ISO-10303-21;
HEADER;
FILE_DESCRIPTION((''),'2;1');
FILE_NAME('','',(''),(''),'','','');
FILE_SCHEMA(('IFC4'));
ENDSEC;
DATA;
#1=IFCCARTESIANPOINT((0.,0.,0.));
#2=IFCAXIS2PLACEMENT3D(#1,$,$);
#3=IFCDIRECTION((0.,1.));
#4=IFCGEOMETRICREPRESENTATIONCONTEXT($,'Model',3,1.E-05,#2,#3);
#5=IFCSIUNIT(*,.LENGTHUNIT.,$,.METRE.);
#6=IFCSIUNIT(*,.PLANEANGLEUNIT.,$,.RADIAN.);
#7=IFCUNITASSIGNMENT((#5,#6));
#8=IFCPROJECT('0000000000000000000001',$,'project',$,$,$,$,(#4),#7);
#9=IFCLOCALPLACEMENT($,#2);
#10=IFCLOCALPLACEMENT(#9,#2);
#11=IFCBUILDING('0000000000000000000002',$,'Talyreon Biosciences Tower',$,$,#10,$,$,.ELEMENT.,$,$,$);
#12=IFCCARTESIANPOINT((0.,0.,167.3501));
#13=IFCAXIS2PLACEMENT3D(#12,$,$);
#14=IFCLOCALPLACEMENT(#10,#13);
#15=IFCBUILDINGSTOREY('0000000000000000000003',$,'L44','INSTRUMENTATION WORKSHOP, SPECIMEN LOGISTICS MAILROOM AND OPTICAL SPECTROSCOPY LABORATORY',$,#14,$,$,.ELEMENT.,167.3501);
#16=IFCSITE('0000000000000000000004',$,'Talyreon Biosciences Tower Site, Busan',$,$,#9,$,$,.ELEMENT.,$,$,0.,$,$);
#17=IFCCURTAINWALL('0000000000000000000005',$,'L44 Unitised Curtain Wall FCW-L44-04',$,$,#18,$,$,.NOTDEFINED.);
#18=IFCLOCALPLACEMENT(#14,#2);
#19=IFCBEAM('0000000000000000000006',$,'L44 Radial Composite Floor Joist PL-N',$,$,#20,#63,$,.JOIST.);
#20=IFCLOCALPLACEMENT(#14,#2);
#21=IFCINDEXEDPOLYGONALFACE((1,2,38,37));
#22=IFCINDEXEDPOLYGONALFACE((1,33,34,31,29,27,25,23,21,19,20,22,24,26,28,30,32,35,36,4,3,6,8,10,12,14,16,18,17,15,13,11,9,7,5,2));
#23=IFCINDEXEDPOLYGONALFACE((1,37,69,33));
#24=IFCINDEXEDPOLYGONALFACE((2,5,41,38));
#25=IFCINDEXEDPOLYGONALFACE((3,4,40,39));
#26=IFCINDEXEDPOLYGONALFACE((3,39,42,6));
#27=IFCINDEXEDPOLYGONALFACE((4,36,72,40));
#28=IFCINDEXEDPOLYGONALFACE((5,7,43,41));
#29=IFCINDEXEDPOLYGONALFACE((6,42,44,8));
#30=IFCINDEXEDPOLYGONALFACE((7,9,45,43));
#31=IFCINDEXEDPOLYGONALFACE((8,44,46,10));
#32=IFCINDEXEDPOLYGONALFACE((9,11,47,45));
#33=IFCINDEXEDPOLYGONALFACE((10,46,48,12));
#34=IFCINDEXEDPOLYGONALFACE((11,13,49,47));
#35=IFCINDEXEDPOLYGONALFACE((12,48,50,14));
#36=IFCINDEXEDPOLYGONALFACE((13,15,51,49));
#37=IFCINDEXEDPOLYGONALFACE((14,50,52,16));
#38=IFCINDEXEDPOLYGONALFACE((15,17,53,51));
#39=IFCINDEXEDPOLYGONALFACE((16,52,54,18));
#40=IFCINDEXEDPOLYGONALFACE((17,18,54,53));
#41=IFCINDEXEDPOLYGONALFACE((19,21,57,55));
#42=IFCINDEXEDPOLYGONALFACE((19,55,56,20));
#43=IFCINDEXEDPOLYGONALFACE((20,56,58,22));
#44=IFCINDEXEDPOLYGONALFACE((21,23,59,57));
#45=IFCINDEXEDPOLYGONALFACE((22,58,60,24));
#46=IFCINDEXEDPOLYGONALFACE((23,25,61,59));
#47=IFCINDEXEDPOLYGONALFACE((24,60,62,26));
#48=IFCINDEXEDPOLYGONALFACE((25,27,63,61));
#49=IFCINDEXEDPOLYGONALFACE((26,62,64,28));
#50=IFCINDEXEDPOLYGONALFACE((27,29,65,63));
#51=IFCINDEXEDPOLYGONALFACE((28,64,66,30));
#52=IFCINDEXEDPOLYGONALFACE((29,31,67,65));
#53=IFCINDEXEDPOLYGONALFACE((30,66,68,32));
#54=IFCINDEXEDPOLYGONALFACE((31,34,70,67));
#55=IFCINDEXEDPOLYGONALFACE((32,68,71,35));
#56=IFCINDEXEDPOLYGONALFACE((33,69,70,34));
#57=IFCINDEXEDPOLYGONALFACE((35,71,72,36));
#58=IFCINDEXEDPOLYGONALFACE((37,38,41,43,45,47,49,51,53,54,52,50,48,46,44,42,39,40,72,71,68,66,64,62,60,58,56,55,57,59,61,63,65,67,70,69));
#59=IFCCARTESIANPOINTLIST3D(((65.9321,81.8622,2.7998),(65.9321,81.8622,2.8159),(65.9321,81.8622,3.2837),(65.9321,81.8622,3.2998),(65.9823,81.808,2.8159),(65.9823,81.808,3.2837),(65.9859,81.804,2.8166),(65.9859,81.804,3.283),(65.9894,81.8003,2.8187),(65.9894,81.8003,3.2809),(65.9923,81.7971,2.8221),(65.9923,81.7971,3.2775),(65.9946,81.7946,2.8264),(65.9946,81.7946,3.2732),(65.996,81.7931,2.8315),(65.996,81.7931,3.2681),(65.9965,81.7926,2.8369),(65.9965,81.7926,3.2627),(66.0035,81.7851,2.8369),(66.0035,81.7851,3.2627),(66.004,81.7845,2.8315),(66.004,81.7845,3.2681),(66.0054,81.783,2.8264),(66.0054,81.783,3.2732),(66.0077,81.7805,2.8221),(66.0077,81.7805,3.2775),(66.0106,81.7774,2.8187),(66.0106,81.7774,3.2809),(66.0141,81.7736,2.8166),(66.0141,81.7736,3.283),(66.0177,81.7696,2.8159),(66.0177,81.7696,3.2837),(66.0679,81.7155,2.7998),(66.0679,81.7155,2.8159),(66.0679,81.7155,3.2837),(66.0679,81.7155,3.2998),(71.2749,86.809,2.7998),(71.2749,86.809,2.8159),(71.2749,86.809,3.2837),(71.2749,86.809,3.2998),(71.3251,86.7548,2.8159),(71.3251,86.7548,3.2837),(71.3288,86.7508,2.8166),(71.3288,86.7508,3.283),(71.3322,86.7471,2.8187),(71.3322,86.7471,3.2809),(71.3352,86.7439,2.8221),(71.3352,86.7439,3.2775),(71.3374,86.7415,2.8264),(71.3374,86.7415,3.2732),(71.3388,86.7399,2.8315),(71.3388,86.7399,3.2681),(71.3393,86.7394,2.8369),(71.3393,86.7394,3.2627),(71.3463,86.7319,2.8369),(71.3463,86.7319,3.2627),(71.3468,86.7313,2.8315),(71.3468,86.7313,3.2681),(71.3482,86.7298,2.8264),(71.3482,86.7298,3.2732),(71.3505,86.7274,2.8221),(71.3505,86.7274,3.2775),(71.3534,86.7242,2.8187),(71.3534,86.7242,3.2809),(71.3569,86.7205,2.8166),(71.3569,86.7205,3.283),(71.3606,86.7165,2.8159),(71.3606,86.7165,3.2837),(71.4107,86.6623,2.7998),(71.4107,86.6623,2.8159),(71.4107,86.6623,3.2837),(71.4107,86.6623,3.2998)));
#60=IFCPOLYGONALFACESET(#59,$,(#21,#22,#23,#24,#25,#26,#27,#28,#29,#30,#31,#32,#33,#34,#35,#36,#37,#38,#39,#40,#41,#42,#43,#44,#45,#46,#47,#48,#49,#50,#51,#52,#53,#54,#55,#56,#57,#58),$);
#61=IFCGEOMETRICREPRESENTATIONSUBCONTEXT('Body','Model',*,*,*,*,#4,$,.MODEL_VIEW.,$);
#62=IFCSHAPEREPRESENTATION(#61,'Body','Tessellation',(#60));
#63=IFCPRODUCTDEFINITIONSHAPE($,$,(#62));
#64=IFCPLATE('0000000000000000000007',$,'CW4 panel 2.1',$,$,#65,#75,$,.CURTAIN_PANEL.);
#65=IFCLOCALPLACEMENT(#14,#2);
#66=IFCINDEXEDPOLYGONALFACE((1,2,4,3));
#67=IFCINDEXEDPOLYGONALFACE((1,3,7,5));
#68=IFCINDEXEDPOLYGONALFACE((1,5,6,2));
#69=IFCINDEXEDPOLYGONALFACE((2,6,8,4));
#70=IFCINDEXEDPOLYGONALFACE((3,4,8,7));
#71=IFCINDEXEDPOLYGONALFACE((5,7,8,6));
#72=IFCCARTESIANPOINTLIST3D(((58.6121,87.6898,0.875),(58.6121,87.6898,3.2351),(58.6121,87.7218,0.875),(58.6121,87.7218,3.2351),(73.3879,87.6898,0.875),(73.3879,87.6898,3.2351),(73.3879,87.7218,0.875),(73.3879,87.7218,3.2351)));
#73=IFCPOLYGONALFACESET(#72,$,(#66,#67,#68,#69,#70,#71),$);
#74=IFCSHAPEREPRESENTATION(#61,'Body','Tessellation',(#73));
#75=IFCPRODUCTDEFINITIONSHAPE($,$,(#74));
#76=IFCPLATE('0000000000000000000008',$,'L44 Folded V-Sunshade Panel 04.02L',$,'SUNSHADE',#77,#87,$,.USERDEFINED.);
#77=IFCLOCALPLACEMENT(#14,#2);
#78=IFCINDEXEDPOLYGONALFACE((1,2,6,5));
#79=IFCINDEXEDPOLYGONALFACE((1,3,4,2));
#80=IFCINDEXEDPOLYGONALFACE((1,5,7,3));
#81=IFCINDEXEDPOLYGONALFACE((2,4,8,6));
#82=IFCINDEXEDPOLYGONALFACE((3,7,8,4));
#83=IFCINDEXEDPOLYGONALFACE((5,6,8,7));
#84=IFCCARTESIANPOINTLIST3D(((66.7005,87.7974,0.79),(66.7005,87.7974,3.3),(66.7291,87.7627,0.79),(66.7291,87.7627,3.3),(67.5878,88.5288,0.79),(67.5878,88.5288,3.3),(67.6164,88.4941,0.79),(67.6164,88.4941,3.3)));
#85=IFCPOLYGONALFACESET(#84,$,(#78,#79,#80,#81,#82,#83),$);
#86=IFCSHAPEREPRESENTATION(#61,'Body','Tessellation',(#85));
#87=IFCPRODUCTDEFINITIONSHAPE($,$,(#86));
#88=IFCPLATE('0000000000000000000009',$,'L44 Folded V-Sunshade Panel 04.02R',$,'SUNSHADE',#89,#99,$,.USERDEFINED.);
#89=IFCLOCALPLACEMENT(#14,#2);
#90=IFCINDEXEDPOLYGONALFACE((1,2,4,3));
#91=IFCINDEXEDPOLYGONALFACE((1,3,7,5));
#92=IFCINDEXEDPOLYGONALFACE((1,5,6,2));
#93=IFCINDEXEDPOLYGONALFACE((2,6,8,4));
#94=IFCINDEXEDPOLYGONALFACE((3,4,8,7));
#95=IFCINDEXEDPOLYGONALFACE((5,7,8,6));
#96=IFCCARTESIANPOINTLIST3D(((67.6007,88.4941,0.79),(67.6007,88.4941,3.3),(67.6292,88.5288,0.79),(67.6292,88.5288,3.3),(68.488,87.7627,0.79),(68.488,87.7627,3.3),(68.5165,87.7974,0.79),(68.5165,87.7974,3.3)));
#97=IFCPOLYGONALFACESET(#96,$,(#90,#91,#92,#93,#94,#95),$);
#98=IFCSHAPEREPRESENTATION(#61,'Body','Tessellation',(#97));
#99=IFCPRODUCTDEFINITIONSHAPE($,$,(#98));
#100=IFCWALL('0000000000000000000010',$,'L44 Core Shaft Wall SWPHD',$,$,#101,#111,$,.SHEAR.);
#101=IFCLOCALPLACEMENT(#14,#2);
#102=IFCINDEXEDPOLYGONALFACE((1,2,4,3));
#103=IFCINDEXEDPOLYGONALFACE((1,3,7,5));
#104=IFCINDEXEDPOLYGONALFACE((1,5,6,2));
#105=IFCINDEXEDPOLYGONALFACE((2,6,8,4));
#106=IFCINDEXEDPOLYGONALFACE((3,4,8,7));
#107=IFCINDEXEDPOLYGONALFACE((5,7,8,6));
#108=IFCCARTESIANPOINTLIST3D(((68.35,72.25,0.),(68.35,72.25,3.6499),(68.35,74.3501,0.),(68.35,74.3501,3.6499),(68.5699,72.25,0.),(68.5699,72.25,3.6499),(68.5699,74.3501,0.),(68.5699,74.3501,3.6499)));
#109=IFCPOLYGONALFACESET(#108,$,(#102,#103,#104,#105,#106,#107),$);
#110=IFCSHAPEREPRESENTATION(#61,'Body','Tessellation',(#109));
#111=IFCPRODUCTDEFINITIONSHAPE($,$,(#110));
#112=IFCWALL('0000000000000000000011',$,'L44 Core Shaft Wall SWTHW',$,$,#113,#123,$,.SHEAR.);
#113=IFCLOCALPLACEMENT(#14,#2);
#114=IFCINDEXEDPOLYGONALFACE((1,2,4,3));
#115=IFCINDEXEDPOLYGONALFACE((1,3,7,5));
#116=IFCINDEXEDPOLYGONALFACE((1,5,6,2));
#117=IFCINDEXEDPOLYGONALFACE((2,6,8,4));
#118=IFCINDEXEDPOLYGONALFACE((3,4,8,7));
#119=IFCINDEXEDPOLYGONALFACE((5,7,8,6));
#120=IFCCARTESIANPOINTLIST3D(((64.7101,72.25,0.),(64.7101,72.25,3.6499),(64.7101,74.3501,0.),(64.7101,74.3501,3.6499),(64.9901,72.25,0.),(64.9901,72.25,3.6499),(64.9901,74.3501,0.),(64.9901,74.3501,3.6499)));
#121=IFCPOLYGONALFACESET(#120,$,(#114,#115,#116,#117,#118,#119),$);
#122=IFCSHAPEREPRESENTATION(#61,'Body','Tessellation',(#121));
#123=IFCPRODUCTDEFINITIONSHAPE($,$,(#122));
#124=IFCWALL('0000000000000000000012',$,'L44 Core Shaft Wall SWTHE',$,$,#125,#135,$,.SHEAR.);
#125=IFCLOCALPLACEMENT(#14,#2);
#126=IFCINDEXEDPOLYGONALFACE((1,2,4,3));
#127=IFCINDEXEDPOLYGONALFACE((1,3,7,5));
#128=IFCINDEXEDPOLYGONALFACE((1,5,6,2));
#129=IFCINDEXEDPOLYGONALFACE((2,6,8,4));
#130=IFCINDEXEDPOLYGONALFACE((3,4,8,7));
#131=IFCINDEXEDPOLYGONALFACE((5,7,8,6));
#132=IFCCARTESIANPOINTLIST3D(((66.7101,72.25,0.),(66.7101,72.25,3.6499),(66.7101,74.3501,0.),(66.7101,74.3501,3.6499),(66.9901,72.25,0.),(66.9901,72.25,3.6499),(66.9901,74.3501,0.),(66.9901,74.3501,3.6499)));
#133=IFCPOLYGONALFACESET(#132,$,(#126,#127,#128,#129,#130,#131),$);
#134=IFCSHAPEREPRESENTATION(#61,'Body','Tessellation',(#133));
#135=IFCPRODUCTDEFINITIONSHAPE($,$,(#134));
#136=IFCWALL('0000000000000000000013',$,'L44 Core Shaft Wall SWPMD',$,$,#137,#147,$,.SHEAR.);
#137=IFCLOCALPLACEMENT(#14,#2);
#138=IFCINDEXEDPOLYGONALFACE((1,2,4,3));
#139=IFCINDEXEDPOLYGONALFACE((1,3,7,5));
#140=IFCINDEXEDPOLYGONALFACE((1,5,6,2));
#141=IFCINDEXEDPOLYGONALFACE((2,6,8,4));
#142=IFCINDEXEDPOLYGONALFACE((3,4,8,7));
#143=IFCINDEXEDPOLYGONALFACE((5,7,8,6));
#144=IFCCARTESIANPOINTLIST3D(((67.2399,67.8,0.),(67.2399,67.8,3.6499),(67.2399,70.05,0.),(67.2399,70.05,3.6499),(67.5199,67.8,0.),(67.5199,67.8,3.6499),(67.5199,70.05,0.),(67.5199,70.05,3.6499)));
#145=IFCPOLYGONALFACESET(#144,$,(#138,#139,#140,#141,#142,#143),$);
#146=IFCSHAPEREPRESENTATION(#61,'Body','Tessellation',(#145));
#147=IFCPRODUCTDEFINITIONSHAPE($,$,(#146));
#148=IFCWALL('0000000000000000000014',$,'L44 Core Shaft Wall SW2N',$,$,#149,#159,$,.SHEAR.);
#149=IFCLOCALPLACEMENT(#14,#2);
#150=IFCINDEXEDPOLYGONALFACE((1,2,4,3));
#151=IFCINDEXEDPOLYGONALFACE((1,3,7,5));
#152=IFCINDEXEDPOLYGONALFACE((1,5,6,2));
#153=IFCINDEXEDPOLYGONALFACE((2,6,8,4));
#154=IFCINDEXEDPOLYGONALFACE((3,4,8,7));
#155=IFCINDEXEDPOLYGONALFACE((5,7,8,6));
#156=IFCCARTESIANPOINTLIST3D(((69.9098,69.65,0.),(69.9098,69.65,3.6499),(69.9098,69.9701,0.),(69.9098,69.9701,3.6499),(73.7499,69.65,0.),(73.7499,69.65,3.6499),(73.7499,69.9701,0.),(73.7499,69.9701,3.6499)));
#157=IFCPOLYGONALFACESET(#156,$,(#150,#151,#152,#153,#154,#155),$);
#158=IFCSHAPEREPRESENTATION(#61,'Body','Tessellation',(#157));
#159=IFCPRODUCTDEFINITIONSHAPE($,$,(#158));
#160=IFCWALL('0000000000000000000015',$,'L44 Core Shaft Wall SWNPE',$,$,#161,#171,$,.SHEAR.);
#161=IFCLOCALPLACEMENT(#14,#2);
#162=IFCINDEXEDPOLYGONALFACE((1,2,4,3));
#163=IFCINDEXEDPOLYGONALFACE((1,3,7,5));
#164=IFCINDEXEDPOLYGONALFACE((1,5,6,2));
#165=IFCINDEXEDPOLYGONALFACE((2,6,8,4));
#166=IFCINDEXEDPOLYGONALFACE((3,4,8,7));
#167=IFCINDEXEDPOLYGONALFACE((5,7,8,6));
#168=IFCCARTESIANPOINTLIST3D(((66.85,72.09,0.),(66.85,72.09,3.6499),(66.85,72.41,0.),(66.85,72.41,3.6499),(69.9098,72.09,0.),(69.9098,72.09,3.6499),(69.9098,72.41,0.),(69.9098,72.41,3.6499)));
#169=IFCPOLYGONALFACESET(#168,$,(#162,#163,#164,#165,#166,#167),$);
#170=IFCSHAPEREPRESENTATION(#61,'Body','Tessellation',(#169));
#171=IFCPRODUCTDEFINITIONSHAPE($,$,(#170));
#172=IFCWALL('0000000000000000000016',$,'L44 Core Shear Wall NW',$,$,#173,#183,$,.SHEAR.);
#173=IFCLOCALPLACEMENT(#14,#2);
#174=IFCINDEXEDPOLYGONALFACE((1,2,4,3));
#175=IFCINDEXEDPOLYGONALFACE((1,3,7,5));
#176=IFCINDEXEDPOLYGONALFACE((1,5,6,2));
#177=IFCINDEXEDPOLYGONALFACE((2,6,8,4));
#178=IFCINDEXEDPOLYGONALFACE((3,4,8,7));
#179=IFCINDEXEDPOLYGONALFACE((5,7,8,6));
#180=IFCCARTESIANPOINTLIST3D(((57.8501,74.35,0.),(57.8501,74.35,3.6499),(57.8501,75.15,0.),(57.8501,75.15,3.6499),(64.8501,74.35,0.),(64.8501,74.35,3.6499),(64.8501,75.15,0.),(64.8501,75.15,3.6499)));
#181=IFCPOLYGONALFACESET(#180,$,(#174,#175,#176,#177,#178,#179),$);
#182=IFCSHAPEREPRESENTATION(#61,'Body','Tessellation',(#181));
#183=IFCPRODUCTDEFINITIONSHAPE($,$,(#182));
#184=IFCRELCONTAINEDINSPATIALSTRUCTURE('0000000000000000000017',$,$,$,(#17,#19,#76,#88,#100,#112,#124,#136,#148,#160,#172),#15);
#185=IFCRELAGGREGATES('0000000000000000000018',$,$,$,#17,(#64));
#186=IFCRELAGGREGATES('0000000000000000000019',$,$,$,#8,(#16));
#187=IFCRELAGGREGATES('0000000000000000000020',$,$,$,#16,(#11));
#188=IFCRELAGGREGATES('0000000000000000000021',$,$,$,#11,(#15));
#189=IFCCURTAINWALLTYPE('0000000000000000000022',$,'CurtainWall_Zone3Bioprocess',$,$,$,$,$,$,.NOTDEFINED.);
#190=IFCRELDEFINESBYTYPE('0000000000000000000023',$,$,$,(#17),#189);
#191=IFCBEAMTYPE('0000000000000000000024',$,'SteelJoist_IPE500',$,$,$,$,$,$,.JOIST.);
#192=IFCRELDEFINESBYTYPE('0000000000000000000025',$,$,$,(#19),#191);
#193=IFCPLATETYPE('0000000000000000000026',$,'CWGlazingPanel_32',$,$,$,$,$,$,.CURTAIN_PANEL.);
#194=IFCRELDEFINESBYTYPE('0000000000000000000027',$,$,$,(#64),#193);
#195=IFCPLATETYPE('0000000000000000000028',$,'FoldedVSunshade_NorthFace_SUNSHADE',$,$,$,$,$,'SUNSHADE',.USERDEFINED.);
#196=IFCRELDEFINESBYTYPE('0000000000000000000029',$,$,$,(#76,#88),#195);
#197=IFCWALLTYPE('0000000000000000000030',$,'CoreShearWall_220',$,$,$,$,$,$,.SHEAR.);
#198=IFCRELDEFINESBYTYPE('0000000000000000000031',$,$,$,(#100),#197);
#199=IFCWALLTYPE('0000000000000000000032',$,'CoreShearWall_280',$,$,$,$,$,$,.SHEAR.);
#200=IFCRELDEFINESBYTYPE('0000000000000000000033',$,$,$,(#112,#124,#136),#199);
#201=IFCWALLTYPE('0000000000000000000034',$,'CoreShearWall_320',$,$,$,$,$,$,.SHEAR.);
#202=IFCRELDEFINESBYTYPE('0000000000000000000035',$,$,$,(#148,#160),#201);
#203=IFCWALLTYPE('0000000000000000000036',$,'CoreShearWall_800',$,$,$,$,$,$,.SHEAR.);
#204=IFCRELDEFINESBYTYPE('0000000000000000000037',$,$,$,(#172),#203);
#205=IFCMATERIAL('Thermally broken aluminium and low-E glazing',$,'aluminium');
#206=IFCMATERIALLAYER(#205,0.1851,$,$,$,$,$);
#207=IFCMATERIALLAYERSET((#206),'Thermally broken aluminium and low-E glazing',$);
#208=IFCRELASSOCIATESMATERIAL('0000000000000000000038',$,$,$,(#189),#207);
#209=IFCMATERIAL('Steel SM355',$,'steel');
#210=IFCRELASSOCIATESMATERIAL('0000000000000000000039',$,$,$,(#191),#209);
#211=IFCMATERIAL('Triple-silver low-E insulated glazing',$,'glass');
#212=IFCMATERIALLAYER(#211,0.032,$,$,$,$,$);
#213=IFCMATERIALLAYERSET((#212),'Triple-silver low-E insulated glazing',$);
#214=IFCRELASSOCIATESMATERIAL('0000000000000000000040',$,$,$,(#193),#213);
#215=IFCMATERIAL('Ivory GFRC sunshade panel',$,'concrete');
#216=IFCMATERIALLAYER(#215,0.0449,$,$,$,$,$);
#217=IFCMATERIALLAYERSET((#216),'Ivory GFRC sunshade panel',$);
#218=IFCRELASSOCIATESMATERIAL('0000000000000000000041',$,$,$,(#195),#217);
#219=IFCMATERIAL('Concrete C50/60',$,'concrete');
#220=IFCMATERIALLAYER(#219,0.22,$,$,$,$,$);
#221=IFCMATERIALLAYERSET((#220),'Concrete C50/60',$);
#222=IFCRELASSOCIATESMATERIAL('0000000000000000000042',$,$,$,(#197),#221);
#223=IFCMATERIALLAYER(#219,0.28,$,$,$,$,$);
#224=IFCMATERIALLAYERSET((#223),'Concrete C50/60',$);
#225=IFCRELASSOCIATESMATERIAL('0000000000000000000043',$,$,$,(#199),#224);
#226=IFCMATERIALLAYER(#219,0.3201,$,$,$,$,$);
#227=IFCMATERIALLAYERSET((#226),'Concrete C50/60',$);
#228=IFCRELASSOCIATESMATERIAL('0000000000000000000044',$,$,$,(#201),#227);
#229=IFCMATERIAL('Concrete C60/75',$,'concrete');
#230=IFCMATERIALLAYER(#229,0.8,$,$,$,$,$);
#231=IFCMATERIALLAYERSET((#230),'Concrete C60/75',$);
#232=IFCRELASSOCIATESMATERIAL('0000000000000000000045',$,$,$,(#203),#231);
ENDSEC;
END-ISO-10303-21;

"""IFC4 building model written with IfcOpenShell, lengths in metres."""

from ifc_helpers import new_model, si_unit, direction, frame, frame_2d, origin, origin_2d, place, context, subcontext, project, spatial, rectangle, i_section, extrude, material, layer, layer_set, material_profile, profile_set, type_object, element, aggregate, save


model = new_model("IFC4")

# Units and contexts
model_context = context("Model", 3, precision=1e-05, world=origin(), true_north=direction((0.0, 1.0)))
body_context = subcontext(model_context, "Body", "Model", "MODEL_VIEW")
ifc_project = project(units=[si_unit("LENGTHUNIT", "METRE"), si_unit("PLANEANGLEUNIT", "RADIAN")], contexts=[model_context])

# Site, building, storey
site_placement = place(None, origin())
site = spatial("IfcSite", under=ifc_project, at=site_placement, Name="Talyreon Biosciences Tower Site, Busan", CompositionType="ELEMENT", RefElevation=0.0)
building_placement = place(site_placement, origin())
building = spatial("IfcBuilding", under=site, at=building_placement, Name="Talyreon Biosciences Tower", CompositionType="ELEMENT")
storey_placement = place(building_placement, frame((0.0, 0.0, 167.3501)))
storey = spatial("IfcBuildingStorey", under=building, at=storey_placement, Name="L44", Description="INSTRUMENTATION WORKSHOP, SPECIMEN LOGISTICS MAILROOM AND OPTICAL SPECTROSCOPY LABORATORY", CompositionType="ELEMENT", Elevation=167.3501)

# Shared definitions
ifc_material_1 = material(Name="Concrete C60/75", Category="concrete")
ifc_material_2 = material(Name="Concrete C50/60", Category="concrete")

# Curtain wall
ifc_material_3 = material(Name="Thermally broken aluminium and low-E glazing", Category="aluminium")
ifc_layer_1 = layer(ifc_material_3, 0.1851)
ifc_layer_set_1 = layer_set([ifc_layer_1], Name="Thermally broken aluminium and low-E glazing")
curtain_wall_type = type_object("IfcCurtainWallType", Name="CurtainWall_Zone3Bioprocess", PredefinedType="NOTDEFINED", material=ifc_layer_set_1)
curtain_wall_placement = place(storey_placement, origin())
curtain_wall = element("IfcCurtainWall", 1, at=curtain_wall_placement, inside=storey, type_object=curtain_wall_type, Name="L44 Unitised Curtain Wall FCW-L44-04", PredefinedType="NOTDEFINED")

# Beam
ifc_material_4 = material(Name="Steel SM355", Category="steel")
ifc_material_profile_1 = material_profile(ifc_material_4, i_section(OverallWidth=0.2, OverallDepth=0.5, WebThickness=0.0103, FlangeThickness=0.0161, FilletRadius=0.021, at=origin_2d()), Name="IPE500")
ifc_profile_set_1 = profile_set([ifc_material_profile_1], Name="Steel SM355")
beam_type_1 = type_object("IfcBeamType", Name="SteelJoist_IPE500", PredefinedType="JOIST", material=ifc_profile_set_1)
beam_1_placement = place(storey_placement, frame((66.0, 81.7888, 3.0498), z_axis=(0.733777, 0.679391, 0.0), x_axis=(-0.679391, 0.733777, 0.0)))
element("IfcBeam", 2, at=beam_1_placement, inside=storey, type_object=beam_type_1, Name="L44 Radial Composite Floor Joist PL-N", PredefinedType="JOIST", context=body_context, shape_type="SweptSolid", body=[
    extrude(i_section(OverallWidth=0.2, OverallDepth=0.5, WebThickness=0.0103, FlangeThickness=0.0161, FilletRadius=0.021, at=origin_2d()), origin(), (0.0, 0.0, 1.0), 7.2812),
])

# Plate
ifc_material_5 = material(Name="Triple-silver low-E insulated glazing", Category="glass")
ifc_layer_2 = layer(ifc_material_5, 0.032)
ifc_layer_set_2 = layer_set([ifc_layer_2], Name="Triple-silver low-E insulated glazing")
plate_type_1 = type_object("IfcPlateType", Name="CWGlazingPanel_32", PredefinedType="CURTAIN_PANEL", material=ifc_layer_set_2)
plate_placement = place(storey_placement, frame((66.0, 87.7058, 0.875), z_axis=(0.0, 0.0, 1.0), x_axis=(1.0, 0.0, 0.0)))
plate = element("IfcPlate", 3, at=plate_placement, type_object=plate_type_1, Name="CW4 panel 2.1", PredefinedType="CURTAIN_PANEL", context=body_context, shape_type="SweptSolid", body=[
    extrude(rectangle(XDim=14.7759, YDim=0.032, at=origin_2d()), origin(), (0.0, 0.0, 1.0), 2.3601),
])
aggregate(curtain_wall, [plate])

# Plates
ifc_material_6 = material(Name="Ivory GFRC sunshade panel", Category="concrete")
ifc_layer_3 = layer(ifc_material_6, 0.0449)
ifc_layer_set_3 = layer_set([ifc_layer_3], Name="Ivory GFRC sunshade panel")
plate_type_2 = type_object("IfcPlateType", Name="FoldedVSunshade_NorthFace_SUNSHADE", ElementType="SUNSHADE", PredefinedType="USERDEFINED", material=ifc_layer_set_3)
for number, where, z_axis, x_axis, name in (
    (4, (67.1584, 88.1458, 0.79), (0.0, 0.0, 1.0), (0.771625, 0.636078, 0.0), "L44 Folded V-Sunshade Panel 04.02L"),
    (5, (68.0586, 88.1458, 0.79), (0.0, 0.0, 1.0), (0.771625, -0.636078, 0.0), "L44 Folded V-Sunshade Panel 04.02R"),
):
    element("IfcPlate", number, at=place(storey_placement, frame(where, z_axis=z_axis, x_axis=x_axis)), inside=storey, type_object=plate_type_2, Name=name, ObjectType="SUNSHADE", PredefinedType="USERDEFINED", context=body_context, shape_type="SweptSolid", body=[
        extrude(rectangle(XDim=1.1499, YDim=0.0449, at=origin_2d()), origin(), (0.0, 0.0, 1.0), 2.51),
    ])

# Walls
ifc_layer_4 = layer(ifc_material_2, 0.22)
ifc_layer_set_4 = layer_set([ifc_layer_4], Name="Concrete C50/60")
wall_type_1 = type_object("IfcWallType", Name="CoreShearWall_220", PredefinedType="SHEAR", material=ifc_layer_set_4)
wall_1_placement = place(storey_placement, frame((68.46, 72.25, 0.0), z_axis=(0.0, 0.0, 1.0), x_axis=(0.0, 1.0, 0.0)))
element("IfcWall", 6, at=wall_1_placement, inside=storey, type_object=wall_type_1, Name="L44 Core Shaft Wall SWPHD", PredefinedType="SHEAR", context=body_context, shape_type="SweptSolid", body=[
    extrude(rectangle(XDim=2.1001, YDim=0.22, at=frame_2d((1.05, 0.0))), origin(), (0.0, 0.0, 1.0), 3.6499),
])
ifc_layer_5 = layer(ifc_material_2, 0.28)
ifc_layer_set_5 = layer_set([ifc_layer_5], Name="Concrete C50/60")
wall_type_2 = type_object("IfcWallType", Name="CoreShearWall_280", PredefinedType="SHEAR", material=ifc_layer_set_5)
for number, where, z_axis, x_axis, name in (
    (7, (64.8501, 72.25, 0.0), (0.0, 0.0, 1.0), (0.0, 1.0, 0.0), "L44 Core Shaft Wall SWTHW"),
    (8, (66.8501, 72.25, 0.0), (0.0, 0.0, 1.0), (0.0, 1.0, 0.0), "L44 Core Shaft Wall SWTHE"),
):
    element("IfcWall", number, at=place(storey_placement, frame(where, z_axis=z_axis, x_axis=x_axis)), inside=storey, type_object=wall_type_2, Name=name, PredefinedType="SHEAR", context=body_context, shape_type="SweptSolid", body=[
        extrude(rectangle(XDim=2.1001, YDim=0.28, at=frame_2d((1.05, 0.0))), origin(), (0.0, 0.0, 1.0), 3.6499),
    ])
wall_2_placement = place(storey_placement, frame((67.3799, 67.8, 0.0), z_axis=(0.0, 0.0, 1.0), x_axis=(0.0, 1.0, 0.0)))
element("IfcWall", 9, at=wall_2_placement, inside=storey, type_object=wall_type_2, Name="L44 Core Shaft Wall SWPMD", PredefinedType="SHEAR", context=body_context, shape_type="SweptSolid", body=[
    extrude(rectangle(XDim=2.25, YDim=0.28, at=frame_2d((1.125, 0.0))), origin(), (0.0, 0.0, 1.0), 3.6499),
])
ifc_layer_6 = layer(ifc_material_2, 0.3201)
ifc_layer_set_6 = layer_set([ifc_layer_6], Name="Concrete C50/60")
wall_type_3 = type_object("IfcWallType", Name="CoreShearWall_320", PredefinedType="SHEAR", material=ifc_layer_set_6)
wall_3_placement = place(storey_placement, frame((69.9099, 69.8101, 0.0), z_axis=(0.0, 0.0, 1.0), x_axis=(1.0, 0.0, 0.0)))
element("IfcWall", 10, at=wall_3_placement, inside=storey, type_object=wall_type_3, Name="L44 Core Shaft Wall SW2N", PredefinedType="SHEAR", context=body_context, shape_type="SweptSolid", body=[
    extrude(rectangle(XDim=3.8401, YDim=0.3201, at=frame_2d((1.9199, 0.0))), origin(), (0.0, 0.0, 1.0), 3.6499),
])
wall_4_placement = place(storey_placement, frame((66.8501, 72.25, 0.0), z_axis=(0.0, 0.0, 1.0), x_axis=(1.0, 0.0, 0.0)))
element("IfcWall", 11, at=wall_4_placement, inside=storey, type_object=wall_type_3, Name="L44 Core Shaft Wall SWNPE", PredefinedType="SHEAR", context=body_context, shape_type="SweptSolid", body=[
    extrude(rectangle(XDim=3.0598, YDim=0.3201, at=frame_2d((1.5298, 0.0))), origin(), (0.0, 0.0, 1.0), 3.6499),
])
ifc_layer_7 = layer(ifc_material_1, 0.8)
ifc_layer_set_7 = layer_set([ifc_layer_7], Name="Concrete C60/75")
wall_type_4 = type_object("IfcWallType", Name="CoreShearWall_800", PredefinedType="SHEAR", material=ifc_layer_set_7)
wall_5_placement = place(storey_placement, frame((64.8501, 74.75, 0.0), z_axis=(0.0, 0.0, 1.0), x_axis=(-1.0, 0.0, 0.0)))
element("IfcWall", 12, at=wall_5_placement, inside=storey, type_object=wall_type_4, Name="L44 Core Shear Wall NW", PredefinedType="SHEAR", context=body_context, shape_type="SweptSolid", body=[
    extrude(rectangle(XDim=7.0, YDim=0.8, at=frame_2d((3.5, 0.0))), origin(), (0.0, 0.0, 1.0), 3.6499),
])

save(model, "model.ifc")
